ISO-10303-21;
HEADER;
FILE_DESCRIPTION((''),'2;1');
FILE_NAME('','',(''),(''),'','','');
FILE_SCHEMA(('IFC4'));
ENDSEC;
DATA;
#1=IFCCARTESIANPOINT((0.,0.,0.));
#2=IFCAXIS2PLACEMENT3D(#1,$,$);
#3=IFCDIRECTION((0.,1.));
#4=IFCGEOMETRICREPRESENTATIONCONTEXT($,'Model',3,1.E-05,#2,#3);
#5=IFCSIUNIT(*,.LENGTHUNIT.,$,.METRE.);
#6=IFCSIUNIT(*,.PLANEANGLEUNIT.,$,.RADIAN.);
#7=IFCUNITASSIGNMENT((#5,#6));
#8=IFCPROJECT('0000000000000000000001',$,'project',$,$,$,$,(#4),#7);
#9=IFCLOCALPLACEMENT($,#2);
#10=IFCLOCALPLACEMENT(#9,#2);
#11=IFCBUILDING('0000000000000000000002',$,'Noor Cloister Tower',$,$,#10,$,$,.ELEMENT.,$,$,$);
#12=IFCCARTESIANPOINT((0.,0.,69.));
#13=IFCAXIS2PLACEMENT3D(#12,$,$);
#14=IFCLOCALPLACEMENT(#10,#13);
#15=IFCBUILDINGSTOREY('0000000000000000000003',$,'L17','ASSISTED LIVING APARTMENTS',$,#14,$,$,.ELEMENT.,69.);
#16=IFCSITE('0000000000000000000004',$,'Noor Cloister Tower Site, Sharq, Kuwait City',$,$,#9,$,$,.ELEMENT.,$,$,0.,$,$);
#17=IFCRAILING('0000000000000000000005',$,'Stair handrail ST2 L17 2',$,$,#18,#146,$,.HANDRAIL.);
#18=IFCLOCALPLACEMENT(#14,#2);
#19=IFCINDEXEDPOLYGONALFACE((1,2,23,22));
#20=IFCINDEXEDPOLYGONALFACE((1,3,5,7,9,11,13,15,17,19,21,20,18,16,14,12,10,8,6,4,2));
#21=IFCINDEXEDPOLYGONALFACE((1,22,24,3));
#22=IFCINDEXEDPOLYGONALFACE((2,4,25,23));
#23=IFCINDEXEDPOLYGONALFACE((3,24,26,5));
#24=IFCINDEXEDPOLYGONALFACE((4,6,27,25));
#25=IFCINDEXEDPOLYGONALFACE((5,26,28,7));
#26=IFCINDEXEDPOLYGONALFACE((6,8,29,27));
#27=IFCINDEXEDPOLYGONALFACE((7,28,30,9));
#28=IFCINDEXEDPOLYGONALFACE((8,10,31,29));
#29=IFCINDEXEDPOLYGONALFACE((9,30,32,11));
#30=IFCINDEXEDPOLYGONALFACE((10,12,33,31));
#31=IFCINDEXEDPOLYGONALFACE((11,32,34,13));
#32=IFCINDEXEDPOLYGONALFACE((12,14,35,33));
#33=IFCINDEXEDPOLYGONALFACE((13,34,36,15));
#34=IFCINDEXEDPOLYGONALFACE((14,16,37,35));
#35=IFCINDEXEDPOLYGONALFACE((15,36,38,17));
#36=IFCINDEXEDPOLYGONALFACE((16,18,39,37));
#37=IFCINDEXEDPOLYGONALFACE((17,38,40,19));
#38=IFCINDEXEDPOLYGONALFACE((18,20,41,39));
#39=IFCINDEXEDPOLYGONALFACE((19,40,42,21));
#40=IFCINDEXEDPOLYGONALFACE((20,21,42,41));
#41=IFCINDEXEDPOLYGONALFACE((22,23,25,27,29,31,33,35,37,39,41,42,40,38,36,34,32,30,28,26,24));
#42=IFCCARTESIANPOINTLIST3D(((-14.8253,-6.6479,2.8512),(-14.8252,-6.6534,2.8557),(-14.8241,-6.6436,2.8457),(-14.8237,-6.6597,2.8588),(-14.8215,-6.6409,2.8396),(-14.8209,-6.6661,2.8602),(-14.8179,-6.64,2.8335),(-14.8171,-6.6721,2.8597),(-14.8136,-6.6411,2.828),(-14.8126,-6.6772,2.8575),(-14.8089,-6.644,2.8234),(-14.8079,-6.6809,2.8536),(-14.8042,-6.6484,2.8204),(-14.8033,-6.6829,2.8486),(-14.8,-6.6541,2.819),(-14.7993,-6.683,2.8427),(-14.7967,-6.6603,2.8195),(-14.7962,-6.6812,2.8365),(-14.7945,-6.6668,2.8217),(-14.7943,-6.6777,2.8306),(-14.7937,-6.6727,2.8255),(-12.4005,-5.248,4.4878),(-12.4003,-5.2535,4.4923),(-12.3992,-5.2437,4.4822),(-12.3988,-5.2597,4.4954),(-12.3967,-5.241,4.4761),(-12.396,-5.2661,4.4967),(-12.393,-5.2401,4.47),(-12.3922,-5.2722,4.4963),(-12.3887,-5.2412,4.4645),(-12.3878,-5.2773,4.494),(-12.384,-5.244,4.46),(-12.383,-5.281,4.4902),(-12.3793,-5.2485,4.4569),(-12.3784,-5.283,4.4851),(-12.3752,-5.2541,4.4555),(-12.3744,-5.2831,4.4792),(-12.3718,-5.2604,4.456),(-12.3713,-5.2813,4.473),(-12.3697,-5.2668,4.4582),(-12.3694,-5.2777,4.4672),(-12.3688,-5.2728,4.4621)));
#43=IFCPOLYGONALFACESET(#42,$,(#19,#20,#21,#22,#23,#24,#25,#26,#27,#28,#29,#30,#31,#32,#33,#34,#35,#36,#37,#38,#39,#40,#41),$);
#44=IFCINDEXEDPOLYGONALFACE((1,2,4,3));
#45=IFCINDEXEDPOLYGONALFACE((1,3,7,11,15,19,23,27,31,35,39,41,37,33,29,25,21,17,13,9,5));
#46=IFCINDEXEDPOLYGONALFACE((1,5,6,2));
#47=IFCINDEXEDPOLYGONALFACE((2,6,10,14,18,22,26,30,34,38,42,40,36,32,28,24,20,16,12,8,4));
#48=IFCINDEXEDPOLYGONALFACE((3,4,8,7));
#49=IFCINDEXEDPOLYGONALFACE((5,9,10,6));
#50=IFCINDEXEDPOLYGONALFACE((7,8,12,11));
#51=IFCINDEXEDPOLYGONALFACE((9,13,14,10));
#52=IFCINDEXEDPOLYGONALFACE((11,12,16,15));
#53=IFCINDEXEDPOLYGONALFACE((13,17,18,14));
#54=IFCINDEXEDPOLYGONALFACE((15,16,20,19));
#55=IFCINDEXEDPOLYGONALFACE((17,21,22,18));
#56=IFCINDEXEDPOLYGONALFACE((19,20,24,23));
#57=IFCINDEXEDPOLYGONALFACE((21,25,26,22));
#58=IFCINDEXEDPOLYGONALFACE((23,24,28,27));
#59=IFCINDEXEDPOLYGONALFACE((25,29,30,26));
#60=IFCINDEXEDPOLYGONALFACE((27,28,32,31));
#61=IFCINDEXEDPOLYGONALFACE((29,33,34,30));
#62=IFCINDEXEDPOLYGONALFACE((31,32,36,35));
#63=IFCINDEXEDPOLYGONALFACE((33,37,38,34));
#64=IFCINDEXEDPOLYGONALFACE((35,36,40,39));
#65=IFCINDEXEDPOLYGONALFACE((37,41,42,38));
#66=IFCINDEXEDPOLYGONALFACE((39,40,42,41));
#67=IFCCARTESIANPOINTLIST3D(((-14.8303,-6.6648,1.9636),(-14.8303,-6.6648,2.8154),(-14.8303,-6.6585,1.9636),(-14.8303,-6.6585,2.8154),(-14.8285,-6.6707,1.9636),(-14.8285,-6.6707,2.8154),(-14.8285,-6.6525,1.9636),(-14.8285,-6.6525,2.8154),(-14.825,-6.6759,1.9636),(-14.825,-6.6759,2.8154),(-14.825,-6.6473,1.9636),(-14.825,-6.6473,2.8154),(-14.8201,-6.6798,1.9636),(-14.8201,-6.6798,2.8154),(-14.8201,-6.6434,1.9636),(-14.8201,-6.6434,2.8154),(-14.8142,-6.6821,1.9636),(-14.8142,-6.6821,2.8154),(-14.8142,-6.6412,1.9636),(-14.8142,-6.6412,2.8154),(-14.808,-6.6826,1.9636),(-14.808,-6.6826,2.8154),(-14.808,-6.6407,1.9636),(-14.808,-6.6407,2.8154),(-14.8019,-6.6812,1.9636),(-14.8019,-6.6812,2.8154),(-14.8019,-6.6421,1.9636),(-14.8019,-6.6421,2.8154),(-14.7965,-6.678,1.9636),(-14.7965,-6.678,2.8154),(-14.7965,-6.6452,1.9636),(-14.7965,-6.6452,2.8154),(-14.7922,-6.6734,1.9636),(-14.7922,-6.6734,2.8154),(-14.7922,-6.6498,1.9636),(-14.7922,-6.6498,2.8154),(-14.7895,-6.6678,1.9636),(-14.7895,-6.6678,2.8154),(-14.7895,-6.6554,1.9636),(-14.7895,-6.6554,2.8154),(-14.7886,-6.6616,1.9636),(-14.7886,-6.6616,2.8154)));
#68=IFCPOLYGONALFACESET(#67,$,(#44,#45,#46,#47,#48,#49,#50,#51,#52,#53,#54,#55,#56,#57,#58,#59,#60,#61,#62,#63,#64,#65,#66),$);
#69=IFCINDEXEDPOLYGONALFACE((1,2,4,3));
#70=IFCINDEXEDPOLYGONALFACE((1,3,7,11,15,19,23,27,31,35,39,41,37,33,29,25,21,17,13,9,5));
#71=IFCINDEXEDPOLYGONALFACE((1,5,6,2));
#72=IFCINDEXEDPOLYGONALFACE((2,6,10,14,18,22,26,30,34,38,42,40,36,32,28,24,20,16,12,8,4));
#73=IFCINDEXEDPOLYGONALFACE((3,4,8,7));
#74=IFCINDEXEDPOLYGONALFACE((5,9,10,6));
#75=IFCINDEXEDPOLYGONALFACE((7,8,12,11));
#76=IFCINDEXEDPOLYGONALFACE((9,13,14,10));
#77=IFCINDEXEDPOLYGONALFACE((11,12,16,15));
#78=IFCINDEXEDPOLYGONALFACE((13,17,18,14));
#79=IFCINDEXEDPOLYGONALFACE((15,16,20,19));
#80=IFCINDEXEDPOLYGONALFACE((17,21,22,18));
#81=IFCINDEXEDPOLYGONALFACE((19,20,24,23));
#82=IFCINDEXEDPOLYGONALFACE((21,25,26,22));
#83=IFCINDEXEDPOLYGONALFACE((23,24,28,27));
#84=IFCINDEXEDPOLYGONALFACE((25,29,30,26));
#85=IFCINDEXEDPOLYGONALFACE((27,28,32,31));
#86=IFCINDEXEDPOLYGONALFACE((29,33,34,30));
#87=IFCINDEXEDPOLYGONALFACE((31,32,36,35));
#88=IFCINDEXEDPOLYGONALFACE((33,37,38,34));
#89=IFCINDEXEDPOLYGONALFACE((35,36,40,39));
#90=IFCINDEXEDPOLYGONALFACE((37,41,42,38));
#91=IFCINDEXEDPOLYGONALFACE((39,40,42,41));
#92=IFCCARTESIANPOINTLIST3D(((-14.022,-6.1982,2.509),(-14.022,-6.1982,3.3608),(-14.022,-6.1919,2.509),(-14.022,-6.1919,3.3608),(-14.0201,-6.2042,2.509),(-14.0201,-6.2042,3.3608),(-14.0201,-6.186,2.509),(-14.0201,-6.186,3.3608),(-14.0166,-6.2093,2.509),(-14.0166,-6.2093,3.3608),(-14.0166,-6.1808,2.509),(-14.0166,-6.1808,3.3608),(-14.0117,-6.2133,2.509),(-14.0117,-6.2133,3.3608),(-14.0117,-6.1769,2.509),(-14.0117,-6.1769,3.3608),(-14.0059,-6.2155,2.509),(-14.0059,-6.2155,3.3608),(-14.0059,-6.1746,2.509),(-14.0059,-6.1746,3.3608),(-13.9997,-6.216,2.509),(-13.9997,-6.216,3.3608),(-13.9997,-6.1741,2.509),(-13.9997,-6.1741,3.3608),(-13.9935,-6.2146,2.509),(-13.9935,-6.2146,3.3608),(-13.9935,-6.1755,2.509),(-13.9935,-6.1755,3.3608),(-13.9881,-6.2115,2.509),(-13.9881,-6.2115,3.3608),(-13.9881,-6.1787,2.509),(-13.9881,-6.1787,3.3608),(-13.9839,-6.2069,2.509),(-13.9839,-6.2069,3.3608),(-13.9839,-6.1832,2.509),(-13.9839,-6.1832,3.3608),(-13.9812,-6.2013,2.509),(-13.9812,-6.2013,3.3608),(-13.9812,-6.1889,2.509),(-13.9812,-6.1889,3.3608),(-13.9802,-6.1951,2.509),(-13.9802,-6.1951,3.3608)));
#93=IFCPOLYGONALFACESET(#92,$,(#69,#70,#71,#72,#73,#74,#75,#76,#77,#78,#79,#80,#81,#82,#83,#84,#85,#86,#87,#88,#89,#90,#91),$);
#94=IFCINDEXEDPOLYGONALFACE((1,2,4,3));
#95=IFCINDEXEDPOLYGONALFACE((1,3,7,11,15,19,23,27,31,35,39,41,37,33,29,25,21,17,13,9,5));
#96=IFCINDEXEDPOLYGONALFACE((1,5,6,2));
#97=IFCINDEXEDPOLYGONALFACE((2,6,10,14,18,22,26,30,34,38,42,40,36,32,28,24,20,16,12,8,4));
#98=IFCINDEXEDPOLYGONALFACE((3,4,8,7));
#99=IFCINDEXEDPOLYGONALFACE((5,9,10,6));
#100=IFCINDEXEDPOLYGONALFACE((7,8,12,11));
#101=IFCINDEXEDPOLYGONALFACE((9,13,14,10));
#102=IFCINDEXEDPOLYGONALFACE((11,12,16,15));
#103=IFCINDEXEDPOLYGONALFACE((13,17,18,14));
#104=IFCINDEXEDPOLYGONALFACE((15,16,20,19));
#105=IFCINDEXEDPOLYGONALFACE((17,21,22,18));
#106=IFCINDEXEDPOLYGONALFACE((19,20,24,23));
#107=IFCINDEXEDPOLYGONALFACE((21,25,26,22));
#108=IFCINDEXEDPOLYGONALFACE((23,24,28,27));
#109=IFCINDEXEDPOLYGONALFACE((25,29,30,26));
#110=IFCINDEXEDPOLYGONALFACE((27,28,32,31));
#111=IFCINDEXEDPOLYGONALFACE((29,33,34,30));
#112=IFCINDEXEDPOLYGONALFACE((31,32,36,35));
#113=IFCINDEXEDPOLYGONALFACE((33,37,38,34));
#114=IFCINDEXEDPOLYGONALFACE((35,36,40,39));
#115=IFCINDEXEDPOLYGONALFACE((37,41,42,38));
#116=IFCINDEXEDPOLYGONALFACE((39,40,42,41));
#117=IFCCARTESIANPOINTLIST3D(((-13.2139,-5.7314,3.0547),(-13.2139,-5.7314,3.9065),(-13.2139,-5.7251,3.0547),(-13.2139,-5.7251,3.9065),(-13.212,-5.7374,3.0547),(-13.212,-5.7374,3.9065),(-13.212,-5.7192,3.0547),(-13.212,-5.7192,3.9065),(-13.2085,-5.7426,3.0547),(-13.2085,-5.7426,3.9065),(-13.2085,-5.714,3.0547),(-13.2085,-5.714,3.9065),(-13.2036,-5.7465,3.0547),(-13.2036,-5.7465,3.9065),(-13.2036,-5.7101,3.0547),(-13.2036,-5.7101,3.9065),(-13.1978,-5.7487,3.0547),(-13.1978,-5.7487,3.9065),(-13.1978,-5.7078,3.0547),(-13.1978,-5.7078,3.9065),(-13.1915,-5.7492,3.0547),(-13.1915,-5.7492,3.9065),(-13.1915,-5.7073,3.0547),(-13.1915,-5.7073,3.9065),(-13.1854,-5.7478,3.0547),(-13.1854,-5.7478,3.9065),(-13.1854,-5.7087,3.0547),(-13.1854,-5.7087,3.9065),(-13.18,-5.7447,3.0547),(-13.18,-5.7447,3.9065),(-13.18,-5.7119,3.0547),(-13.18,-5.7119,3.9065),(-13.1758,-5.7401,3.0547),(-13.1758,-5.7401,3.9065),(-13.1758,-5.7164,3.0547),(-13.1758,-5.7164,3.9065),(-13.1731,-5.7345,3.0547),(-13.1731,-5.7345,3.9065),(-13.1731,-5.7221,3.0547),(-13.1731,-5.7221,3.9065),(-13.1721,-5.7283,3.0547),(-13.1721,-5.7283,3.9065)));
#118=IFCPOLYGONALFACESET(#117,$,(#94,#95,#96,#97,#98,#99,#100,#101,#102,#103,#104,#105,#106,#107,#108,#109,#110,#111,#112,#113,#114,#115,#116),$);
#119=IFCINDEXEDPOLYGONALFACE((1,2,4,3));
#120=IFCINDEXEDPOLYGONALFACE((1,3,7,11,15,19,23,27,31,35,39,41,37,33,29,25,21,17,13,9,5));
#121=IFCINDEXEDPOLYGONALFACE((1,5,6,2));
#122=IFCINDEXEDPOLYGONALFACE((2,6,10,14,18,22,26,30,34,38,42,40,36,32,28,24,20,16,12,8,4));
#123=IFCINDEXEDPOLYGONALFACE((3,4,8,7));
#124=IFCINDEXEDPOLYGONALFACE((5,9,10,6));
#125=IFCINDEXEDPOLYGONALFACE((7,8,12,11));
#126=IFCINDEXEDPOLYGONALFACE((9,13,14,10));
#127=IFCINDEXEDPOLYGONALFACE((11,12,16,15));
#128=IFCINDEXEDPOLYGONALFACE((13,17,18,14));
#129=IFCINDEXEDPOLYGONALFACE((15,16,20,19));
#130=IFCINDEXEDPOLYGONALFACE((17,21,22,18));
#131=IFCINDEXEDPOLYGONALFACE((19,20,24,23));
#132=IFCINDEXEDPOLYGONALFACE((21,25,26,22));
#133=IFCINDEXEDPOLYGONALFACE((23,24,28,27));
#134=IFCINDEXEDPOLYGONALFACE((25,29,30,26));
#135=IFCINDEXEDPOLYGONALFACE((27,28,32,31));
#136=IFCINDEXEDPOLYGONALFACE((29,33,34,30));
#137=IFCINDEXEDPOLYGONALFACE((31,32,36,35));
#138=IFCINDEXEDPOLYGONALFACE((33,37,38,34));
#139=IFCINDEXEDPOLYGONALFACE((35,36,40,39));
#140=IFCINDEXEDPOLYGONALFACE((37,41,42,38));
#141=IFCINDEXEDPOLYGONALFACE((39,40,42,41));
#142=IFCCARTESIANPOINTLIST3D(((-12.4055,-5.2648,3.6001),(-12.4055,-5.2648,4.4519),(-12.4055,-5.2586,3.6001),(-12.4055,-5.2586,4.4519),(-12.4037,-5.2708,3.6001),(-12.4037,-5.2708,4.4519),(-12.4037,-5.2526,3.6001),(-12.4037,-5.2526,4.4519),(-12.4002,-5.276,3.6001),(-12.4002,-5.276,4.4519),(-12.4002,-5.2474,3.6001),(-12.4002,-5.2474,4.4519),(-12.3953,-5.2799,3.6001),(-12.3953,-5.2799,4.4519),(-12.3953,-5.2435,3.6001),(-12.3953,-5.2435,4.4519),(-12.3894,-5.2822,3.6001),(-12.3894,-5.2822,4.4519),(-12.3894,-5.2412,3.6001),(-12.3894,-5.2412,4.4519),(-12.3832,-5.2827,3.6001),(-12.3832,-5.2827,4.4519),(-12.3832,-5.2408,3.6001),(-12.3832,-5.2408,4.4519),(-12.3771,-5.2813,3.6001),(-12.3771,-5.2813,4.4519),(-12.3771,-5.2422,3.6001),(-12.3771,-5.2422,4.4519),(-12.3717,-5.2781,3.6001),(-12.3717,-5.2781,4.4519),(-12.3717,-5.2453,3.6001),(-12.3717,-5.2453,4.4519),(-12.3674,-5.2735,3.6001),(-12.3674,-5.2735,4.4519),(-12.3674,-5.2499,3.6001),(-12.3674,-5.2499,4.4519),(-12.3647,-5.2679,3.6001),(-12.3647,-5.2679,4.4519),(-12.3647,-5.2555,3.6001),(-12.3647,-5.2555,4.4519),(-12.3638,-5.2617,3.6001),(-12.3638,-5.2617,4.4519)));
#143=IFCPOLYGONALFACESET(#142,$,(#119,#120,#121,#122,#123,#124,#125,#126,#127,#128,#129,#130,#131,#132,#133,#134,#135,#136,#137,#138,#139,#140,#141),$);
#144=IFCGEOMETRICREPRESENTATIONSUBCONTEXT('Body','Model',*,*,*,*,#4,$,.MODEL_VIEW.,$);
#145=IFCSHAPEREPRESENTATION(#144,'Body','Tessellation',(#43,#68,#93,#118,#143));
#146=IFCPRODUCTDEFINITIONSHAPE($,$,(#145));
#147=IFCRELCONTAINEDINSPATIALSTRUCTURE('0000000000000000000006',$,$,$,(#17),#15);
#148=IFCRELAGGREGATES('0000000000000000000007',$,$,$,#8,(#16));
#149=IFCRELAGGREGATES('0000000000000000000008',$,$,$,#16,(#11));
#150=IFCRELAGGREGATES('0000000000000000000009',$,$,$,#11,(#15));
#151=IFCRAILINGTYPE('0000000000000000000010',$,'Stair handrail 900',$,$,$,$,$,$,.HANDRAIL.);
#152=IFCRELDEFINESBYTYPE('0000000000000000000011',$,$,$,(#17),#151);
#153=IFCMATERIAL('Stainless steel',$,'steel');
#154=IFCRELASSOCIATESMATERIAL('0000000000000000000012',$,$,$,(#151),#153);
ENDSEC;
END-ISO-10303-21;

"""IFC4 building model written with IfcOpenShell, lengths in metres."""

from ifc_helpers import new_model, si_unit, direction, frame, origin, origin_2d, place, context, subcontext, project, spatial, circle, extrude, material, type_object, element, save


model = new_model("IFC4")

# Units and contexts
model_context = context("Model", 3, precision=1e-05, world=origin(), true_north=direction((0.0, 1.0)))
body_context = subcontext(model_context, "Body", "Model", "MODEL_VIEW")
ifc_project = project(units=[si_unit("LENGTHUNIT", "METRE"), si_unit("PLANEANGLEUNIT", "RADIAN")], contexts=[model_context])

# Site, building, storey
site_placement = place(None, origin())
site = spatial("IfcSite", under=ifc_project, at=site_placement, Name="Noor Cloister Tower Site, Sharq, Kuwait City", CompositionType="ELEMENT", RefElevation=0.0)
building_placement = place(site_placement, origin())
building = spatial("IfcBuilding", under=site, at=building_placement, Name="Noor Cloister Tower", CompositionType="ELEMENT")
storey_placement = place(building_placement, frame((0.0, 0.0, 69.0)))
storey = spatial("IfcBuildingStorey", under=building, at=storey_placement, Name="L17", Description="ASSISTED LIVING APARTMENTS", CompositionType="ELEMENT", Elevation=69.0)

# Railing
ifc_material_1 = material(Name="Stainless steel", Category="steel")
railing_type_1 = type_object("IfcRailingType", Name="Stair handrail 900", PredefinedType="HANDRAIL", material=ifc_material_1)
railing_1_placement = place(storey_placement, frame((-14.8096, -6.6616, 1.9636)))
element("IfcRailing", 1, at=railing_1_placement, inside=storey, type_object=railing_type_1, Name="Stair handrail ST2 L17 2", PredefinedType="HANDRAIL", context=body_context, shape_type="SweptSolid", body=[
    extrude(circle(Radius=0.0239, at=origin_2d()), frame((0.0, 0.0, 0.876), z_axis=(0.74769, 0.431661, 0.504608), x_axis=(-0.499984, 0.866035, 0.0)), (0.0, 0.0, 1.0), 3.2432),
    extrude(circle(Radius=0.021, at=origin_2d()), origin(), (0.0, 0.0, 1.0), 0.8518),
    extrude(circle(Radius=0.021, at=origin_2d()), frame((0.8083, 0.4666, 0.5454)), (0.0, 0.0, 1.0), 0.8518),
    extrude(circle(Radius=0.021, at=origin_2d()), frame((1.6165, 0.9333, 1.0911)), (0.0, 0.0, 1.0), 0.8518),
    extrude(circle(Radius=0.021, at=origin_2d()), frame((2.4248, 1.3999, 1.6365)), (0.0, 0.0, 1.0), 0.8518),
])

save(model, "model.ifc")
